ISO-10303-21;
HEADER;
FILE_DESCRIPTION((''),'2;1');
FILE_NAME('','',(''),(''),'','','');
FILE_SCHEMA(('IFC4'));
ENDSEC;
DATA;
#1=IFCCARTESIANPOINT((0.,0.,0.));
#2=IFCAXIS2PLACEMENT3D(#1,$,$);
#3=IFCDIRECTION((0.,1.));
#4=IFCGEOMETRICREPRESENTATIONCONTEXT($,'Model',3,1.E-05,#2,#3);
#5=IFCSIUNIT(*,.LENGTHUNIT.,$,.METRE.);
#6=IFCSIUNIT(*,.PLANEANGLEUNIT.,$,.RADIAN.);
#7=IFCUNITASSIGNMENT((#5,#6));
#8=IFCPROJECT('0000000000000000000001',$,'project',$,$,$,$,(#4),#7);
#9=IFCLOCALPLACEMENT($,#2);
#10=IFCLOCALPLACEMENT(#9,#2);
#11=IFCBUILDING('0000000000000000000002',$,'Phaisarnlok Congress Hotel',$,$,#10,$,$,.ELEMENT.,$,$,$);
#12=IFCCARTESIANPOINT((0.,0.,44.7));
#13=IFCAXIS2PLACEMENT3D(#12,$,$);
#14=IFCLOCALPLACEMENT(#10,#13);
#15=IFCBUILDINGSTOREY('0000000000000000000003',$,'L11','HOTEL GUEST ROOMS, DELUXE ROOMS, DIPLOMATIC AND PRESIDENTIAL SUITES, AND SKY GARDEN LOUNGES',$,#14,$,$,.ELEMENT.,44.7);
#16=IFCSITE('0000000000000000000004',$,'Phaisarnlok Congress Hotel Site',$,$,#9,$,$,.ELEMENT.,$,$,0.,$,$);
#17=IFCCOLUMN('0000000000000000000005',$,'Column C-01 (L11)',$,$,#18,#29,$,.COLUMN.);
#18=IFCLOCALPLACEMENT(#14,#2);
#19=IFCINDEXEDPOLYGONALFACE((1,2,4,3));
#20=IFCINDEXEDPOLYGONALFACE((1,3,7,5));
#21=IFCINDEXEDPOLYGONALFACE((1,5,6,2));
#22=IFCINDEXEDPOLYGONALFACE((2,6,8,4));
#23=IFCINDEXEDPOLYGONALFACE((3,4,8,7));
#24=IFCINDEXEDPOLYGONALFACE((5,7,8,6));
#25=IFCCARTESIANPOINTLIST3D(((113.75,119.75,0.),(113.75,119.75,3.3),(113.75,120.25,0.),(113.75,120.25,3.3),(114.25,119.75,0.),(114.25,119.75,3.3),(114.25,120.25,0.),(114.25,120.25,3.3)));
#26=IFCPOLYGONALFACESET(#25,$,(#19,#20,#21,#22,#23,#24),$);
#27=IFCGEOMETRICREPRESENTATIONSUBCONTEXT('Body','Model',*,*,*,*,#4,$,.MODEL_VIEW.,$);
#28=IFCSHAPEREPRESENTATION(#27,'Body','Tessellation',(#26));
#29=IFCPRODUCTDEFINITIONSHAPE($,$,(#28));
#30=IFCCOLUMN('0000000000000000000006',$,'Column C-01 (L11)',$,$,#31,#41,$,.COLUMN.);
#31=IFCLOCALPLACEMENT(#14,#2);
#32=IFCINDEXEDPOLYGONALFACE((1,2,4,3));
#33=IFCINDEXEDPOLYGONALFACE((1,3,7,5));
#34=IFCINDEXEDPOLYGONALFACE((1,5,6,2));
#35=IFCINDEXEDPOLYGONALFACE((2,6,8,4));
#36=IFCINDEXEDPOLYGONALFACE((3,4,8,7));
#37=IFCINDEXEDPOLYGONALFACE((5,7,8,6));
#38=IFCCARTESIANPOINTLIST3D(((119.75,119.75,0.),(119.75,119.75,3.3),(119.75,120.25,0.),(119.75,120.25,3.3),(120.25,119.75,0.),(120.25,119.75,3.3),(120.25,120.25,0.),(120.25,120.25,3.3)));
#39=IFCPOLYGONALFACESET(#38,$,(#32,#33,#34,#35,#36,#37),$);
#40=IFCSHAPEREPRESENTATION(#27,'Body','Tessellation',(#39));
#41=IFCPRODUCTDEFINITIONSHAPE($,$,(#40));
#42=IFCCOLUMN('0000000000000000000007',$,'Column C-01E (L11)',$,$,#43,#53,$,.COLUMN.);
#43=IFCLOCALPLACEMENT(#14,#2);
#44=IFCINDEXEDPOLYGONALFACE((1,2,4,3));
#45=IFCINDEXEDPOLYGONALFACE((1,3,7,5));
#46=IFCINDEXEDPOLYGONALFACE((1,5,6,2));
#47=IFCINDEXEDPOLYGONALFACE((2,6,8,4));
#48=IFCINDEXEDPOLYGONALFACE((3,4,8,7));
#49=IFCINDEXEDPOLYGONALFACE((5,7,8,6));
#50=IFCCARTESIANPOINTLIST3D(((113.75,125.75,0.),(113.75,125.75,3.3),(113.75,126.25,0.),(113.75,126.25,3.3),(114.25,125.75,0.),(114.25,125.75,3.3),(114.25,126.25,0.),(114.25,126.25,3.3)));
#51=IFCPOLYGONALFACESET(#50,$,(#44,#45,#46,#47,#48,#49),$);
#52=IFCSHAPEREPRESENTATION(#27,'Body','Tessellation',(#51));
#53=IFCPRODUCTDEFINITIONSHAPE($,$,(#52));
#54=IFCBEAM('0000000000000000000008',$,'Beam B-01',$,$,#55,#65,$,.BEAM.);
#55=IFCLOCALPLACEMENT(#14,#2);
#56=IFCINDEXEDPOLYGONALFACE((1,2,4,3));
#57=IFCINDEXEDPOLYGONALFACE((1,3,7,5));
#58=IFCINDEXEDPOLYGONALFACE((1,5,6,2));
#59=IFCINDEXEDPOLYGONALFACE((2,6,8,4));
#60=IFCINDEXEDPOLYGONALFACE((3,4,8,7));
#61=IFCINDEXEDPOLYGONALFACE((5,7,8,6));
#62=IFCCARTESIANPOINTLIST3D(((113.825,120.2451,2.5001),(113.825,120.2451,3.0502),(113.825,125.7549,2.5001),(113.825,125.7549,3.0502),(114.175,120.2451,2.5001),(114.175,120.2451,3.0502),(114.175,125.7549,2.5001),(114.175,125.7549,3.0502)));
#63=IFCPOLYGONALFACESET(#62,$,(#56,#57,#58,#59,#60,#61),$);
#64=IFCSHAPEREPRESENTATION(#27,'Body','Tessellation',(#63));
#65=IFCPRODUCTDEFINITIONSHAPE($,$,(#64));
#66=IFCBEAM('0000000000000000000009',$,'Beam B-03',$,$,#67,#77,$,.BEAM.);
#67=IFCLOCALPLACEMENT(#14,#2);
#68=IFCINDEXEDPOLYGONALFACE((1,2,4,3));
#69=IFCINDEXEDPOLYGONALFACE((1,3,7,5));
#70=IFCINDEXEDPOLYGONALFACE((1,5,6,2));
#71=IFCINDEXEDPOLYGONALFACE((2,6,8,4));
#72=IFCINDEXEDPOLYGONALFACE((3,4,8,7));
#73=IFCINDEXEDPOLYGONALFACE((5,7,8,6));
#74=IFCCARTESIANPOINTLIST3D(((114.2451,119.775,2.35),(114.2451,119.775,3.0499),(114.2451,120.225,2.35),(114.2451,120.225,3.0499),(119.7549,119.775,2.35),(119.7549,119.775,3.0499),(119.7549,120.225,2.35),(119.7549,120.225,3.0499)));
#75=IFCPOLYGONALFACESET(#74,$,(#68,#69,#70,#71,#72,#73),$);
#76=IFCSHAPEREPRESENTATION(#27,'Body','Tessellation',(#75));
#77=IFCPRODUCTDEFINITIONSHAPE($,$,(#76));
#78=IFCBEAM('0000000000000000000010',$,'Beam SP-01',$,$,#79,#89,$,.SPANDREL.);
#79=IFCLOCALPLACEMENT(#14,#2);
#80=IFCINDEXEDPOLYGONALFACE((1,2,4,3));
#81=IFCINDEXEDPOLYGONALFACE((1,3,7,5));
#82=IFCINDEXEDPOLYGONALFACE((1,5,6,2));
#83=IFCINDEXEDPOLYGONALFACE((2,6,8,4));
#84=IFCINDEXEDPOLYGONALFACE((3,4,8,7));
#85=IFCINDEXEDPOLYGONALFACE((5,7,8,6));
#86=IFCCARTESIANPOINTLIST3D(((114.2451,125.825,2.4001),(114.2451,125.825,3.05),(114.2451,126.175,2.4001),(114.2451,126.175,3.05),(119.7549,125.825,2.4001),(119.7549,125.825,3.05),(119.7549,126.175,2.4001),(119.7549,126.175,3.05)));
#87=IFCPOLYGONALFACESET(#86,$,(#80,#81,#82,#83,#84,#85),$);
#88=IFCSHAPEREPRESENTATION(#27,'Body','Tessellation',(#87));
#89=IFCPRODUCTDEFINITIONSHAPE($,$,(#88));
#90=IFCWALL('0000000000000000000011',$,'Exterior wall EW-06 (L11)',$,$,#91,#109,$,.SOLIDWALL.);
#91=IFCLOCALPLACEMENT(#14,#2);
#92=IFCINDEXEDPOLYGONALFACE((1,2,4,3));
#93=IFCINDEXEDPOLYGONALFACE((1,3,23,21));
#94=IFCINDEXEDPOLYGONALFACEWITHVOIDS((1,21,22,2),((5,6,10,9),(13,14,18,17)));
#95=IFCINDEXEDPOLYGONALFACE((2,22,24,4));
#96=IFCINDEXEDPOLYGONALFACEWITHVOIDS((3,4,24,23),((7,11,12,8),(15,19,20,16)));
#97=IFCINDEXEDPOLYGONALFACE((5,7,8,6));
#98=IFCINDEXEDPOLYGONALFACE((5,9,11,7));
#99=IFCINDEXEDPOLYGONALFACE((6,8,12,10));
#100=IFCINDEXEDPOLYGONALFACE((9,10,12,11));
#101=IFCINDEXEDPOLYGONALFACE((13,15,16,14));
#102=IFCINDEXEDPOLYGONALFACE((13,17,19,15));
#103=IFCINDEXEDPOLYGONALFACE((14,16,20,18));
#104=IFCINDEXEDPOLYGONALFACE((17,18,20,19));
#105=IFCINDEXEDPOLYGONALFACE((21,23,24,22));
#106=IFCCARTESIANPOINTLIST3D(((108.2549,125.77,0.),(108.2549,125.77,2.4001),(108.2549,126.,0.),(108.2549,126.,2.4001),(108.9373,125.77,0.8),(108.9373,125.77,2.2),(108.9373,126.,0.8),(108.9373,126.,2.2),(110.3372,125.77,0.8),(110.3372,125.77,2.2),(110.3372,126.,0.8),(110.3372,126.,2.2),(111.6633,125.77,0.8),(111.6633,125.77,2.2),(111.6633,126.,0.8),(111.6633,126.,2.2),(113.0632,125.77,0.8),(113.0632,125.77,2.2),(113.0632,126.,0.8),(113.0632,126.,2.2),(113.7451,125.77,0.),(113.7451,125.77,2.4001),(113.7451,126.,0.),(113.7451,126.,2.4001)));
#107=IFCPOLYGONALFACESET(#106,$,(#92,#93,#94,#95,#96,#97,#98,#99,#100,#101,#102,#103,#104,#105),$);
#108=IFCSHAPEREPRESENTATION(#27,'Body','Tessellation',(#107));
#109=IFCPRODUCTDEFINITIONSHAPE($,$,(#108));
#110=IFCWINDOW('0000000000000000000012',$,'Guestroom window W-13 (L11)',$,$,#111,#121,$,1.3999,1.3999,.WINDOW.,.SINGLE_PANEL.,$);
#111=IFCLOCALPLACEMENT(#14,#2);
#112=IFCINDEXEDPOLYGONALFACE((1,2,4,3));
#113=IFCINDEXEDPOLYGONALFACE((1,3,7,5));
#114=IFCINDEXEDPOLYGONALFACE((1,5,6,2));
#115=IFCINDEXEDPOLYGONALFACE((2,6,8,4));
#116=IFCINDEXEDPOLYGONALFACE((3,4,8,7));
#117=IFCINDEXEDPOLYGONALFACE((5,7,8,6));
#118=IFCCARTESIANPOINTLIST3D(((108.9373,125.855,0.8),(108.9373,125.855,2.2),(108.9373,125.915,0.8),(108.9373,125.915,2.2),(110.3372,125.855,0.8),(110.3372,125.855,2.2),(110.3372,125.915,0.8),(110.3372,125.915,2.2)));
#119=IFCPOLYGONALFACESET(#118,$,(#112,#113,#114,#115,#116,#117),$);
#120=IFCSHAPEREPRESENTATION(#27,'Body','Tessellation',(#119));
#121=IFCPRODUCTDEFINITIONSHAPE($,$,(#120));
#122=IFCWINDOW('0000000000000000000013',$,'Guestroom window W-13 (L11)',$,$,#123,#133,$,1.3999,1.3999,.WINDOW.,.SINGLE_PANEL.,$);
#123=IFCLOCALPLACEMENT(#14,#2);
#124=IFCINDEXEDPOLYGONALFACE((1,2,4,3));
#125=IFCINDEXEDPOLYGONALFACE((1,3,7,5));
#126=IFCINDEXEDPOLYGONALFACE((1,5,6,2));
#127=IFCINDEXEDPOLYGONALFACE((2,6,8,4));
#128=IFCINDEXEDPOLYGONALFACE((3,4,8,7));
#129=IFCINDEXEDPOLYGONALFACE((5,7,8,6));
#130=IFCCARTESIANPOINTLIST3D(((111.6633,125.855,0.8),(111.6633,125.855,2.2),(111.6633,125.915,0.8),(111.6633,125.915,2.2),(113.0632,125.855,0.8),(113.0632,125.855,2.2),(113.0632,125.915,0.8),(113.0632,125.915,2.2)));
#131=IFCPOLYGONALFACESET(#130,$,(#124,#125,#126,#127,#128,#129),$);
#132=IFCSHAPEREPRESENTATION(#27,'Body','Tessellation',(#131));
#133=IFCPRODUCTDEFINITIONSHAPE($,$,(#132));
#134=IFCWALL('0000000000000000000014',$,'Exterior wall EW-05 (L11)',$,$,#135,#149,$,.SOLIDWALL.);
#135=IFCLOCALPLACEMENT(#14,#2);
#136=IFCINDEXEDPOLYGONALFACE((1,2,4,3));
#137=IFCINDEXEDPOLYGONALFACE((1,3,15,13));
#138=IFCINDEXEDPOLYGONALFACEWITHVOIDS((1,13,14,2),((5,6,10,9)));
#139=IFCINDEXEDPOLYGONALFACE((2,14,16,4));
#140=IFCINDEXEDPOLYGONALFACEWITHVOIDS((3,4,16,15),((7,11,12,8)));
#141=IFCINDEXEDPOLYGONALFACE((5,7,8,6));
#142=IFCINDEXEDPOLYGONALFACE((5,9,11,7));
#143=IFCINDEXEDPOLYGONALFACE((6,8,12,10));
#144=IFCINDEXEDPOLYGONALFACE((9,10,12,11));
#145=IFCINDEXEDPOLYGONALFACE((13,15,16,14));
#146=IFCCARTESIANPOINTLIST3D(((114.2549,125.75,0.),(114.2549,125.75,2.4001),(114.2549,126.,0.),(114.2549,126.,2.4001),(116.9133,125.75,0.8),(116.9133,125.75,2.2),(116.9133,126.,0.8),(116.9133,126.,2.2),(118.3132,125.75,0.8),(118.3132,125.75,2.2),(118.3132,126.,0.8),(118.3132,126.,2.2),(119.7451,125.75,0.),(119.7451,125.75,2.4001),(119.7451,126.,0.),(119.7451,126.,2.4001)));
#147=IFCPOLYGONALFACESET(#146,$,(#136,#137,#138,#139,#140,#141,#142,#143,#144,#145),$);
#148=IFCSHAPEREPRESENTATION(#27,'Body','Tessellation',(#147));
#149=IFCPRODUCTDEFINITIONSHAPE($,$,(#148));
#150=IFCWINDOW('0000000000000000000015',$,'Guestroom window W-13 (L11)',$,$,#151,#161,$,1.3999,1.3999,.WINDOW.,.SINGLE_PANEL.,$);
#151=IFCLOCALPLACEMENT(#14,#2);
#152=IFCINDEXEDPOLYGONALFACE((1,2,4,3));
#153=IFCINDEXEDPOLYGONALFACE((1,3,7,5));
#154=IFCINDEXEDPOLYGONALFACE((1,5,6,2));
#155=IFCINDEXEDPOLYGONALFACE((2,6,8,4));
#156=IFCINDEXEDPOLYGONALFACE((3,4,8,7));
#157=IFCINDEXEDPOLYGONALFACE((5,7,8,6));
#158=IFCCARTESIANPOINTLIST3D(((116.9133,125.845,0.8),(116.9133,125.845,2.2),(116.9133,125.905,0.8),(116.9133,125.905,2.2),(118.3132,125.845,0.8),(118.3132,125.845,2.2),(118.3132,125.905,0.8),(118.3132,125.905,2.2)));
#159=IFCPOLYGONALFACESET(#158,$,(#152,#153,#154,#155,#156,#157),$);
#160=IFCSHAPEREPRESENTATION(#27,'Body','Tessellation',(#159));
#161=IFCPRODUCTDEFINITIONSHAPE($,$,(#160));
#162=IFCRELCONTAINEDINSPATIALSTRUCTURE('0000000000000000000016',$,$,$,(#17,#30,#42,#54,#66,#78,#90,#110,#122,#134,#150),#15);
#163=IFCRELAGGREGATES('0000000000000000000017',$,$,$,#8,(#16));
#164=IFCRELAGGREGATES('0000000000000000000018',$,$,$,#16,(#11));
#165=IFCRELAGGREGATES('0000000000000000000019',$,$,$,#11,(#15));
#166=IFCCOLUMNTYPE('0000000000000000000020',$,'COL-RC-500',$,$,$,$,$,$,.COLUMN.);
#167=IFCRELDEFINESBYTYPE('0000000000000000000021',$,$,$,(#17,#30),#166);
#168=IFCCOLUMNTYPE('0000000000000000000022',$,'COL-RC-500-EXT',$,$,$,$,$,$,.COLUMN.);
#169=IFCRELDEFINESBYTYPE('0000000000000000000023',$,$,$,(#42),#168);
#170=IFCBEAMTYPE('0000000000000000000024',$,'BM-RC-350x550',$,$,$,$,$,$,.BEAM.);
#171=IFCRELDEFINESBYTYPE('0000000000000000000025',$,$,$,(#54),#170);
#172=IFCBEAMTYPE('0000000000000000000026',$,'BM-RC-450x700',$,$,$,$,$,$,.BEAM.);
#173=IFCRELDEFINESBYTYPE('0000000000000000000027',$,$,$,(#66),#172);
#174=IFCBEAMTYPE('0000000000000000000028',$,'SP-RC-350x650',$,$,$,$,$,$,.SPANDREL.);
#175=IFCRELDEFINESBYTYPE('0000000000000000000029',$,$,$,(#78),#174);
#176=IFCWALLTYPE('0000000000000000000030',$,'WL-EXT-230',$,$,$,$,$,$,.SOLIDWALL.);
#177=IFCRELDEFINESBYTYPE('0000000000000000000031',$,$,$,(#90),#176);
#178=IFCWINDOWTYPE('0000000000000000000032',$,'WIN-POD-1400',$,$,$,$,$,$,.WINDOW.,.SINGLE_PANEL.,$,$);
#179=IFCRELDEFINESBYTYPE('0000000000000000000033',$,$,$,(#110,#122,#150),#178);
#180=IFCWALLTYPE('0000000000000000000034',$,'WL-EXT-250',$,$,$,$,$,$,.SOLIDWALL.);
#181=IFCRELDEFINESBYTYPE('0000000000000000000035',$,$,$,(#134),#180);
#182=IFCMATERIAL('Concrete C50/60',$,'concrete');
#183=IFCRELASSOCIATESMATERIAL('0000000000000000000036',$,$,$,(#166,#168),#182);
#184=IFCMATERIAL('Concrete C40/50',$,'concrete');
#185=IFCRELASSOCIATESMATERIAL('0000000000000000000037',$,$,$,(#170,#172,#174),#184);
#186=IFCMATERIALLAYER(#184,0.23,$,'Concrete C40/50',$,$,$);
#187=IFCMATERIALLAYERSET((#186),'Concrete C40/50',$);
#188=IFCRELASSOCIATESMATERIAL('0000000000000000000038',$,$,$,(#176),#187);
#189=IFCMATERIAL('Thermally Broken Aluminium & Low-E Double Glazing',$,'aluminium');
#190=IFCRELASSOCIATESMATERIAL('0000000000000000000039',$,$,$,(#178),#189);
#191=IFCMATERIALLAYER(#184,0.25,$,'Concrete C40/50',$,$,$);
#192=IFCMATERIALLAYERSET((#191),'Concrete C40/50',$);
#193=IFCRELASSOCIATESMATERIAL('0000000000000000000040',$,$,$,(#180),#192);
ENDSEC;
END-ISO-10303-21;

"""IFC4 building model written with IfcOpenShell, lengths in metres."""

from ifc_helpers import new_model, si_unit, direction, frame, frame_2d, origin, origin_2d, place, context, subcontext, project, spatial, rectangle, extrude, material, layer, layer_set, material_profile, profile_set, type_object, element, fill, save


model = new_model("IFC4")

# Units and contexts
model_context = context("Model", 3, precision=1e-05, world=origin(), true_north=direction((0.0, 1.0)))
body_context = subcontext(model_context, "Body", "Model", "MODEL_VIEW")
ifc_project = project(units=[si_unit("LENGTHUNIT", "METRE"), si_unit("PLANEANGLEUNIT", "RADIAN")], contexts=[model_context])

# Site, building, storey
site_placement = place(None, origin())
site = spatial("IfcSite", under=ifc_project, at=site_placement, Name="Phaisarnlok Congress Hotel Site", CompositionType="ELEMENT", RefElevation=0.0)
building_placement = place(site_placement, origin())
building = spatial("IfcBuilding", under=site, at=building_placement, Name="Phaisarnlok Congress Hotel", CompositionType="ELEMENT")
storey_placement = place(building_placement, frame((0.0, 0.0, 44.7)))
storey = spatial("IfcBuildingStorey", under=building, at=storey_placement, Name="L11", Description="HOTEL GUEST ROOMS, DELUXE ROOMS, DIPLOMATIC AND PRESIDENTIAL SUITES, AND SKY GARDEN LOUNGES", CompositionType="ELEMENT", Elevation=44.7)

# Columns
ifc_material_1 = material(Name="Concrete C50/60", Category="concrete")
ifc_material_profile_1 = material_profile(ifc_material_1, rectangle(XDim=0.5, YDim=0.5, at=origin_2d()), Name="RC 500x500")
ifc_profile_set_1 = profile_set([ifc_material_profile_1], Name="Concrete C50/60")
column_type_1 = type_object("IfcColumnType", Name="COL-RC-500", PredefinedType="COLUMN", material=ifc_profile_set_1)
for number, where, z_axis, x_axis, name in (
    (1, (114.0, 120.0, 0.0), (0.0, 0.0, 1.0), (1.0, 0.0, 0.0), "Column C-01 (L11)"),
    (2, (120.0, 120.0, 0.0), (0.0, 0.0, 1.0), (1.0, 0.0, 0.0), "Column C-01 (L11)"),
):
    element("IfcColumn", number, at=place(storey_placement, frame(where, z_axis=z_axis, x_axis=x_axis)), inside=storey, type_object=column_type_1, Name=name, PredefinedType="COLUMN", context=body_context, shape_type="SweptSolid", body=[
        extrude(rectangle(XDim=0.5, YDim=0.5, at=origin_2d()), origin(), (0.0, 0.0, 1.0), 3.3),
    ])
ifc_material_profile_2 = material_profile(ifc_material_1, rectangle(XDim=0.5, YDim=0.5, at=origin_2d()), Name="RC 500x500")
ifc_profile_set_2 = profile_set([ifc_material_profile_2], Name="Concrete C50/60")
column_type_2 = type_object("IfcColumnType", Name="COL-RC-500-EXT", PredefinedType="COLUMN", material=ifc_profile_set_2)
column_placement = place(storey_placement, frame((114.0, 126.0, 0.0), z_axis=(0.0, 0.0, 1.0), x_axis=(1.0, 0.0, 0.0)))
element("IfcColumn", 3, at=column_placement, inside=storey, type_object=column_type_2, Name="Column C-01E (L11)", PredefinedType="COLUMN", context=body_context, shape_type="SweptSolid", body=[
    extrude(rectangle(XDim=0.5, YDim=0.5, at=origin_2d()), origin(), (0.0, 0.0, 1.0), 3.3),
])

# Beams
ifc_material_2 = material(Name="Concrete C40/50", Category="concrete")
ifc_material_profile_3 = material_profile(ifc_material_2, rectangle(XDim=0.3501, YDim=0.55, at=origin_2d()), Name="RC 350x550")
ifc_profile_set_3 = profile_set([ifc_material_profile_3], Name="Concrete C40/50")
beam_type_1 = type_object("IfcBeamType", Name="BM-RC-350x550", PredefinedType="BEAM", material=ifc_profile_set_3)
beam_1_placement = place(storey_placement, frame((114.0, 120.2451, 2.7751), z_axis=(0.0, 1.0, 0.0), x_axis=(-1.0, 0.0, 0.0)))
element("IfcBeam", 4, at=beam_1_placement, inside=storey, type_object=beam_type_1, Name="Beam B-01", PredefinedType="BEAM", context=body_context, shape_type="SweptSolid", body=[
    extrude(rectangle(XDim=0.3501, YDim=0.55, at=origin_2d()), origin(), (0.0, 0.0, 1.0), 5.5098),
])
ifc_material_profile_4 = material_profile(ifc_material_2, rectangle(XDim=0.45, YDim=0.7, at=origin_2d()), Name="RC 450x700")
ifc_profile_set_4 = profile_set([ifc_material_profile_4], Name="Concrete C40/50")
beam_type_2 = type_object("IfcBeamType", Name="BM-RC-450x700", PredefinedType="BEAM", material=ifc_profile_set_4)
beam_2_placement = place(storey_placement, frame((114.2451, 120.0, 2.7), z_axis=(1.0, 0.0, 0.0), x_axis=(0.0, 1.0, 0.0)))
element("IfcBeam", 5, at=beam_2_placement, inside=storey, type_object=beam_type_2, Name="Beam B-03", PredefinedType="BEAM", context=body_context, shape_type="SweptSolid", body=[
    extrude(rectangle(XDim=0.45, YDim=0.7, at=origin_2d()), origin(), (0.0, 0.0, 1.0), 5.5098),
])
ifc_material_profile_5 = material_profile(ifc_material_2, rectangle(XDim=0.3501, YDim=0.6499, at=origin_2d()), Name="RC 350x650")
ifc_profile_set_5 = profile_set([ifc_material_profile_5], Name="Concrete C40/50")
beam_type_3 = type_object("IfcBeamType", Name="SP-RC-350x650", PredefinedType="SPANDREL", material=ifc_profile_set_5)
beam_3_placement = place(storey_placement, frame((114.2451, 126.0, 2.7251), z_axis=(1.0, 0.0, 0.0), x_axis=(0.0, 1.0, 0.0)))
element("IfcBeam", 6, at=beam_3_placement, inside=storey, type_object=beam_type_3, Name="Beam SP-01", PredefinedType="SPANDREL", context=body_context, shape_type="SweptSolid", body=[
    extrude(rectangle(XDim=0.3501, YDim=0.6499, at=origin_2d()), origin(), (0.0, 0.0, 1.0), 5.5098),
])

# Wall, openings, windows
ifc_layer_1 = layer(ifc_material_2, 0.23, Name="Concrete C40/50")
ifc_layer_set_1 = layer_set([ifc_layer_1], Name="Concrete C40/50")
wall_type_1 = type_object("IfcWallType", Name="WL-EXT-230", PredefinedType="SOLIDWALL", material=ifc_layer_set_1)
wall_1_placement = place(storey_placement, frame((113.7451, 125.885, 0.0), z_axis=(0.0, 0.0, 1.0), x_axis=(-1.0, 0.0, 0.0)))
wall_1 = element("IfcWall", 7, at=wall_1_placement, inside=storey, type_object=wall_type_1, Name="Exterior wall EW-06 (L11)", PredefinedType="SOLIDWALL", context=body_context, shape_type="SweptSolid", body=[
    extrude(rectangle(XDim=5.4902, YDim=0.23, at=frame_2d((2.7451, 0.0))), origin(), (0.0, 0.0, 1.0), 2.4001),
])
opening_1_placement = place(wall_1_placement, frame((3.408, 0.0, 0.8)))
opening_1 = element("IfcOpeningElement", 8, at=opening_1_placement, cuts=wall_1, PredefinedType="OPENING", context=body_context, shape_type="SweptSolid", body=[
    extrude(rectangle(XDim=1.3999, YDim=1.3999, at=frame_2d((0.7, 0.7))), frame((0.0, 0.125, 0.0), z_axis=(0.0, -1.0, 0.0), x_axis=(1.0, 0.0, 0.0)), (0.0, 0.0, 1.0), 0.25),
])
opening_2_placement = place(wall_1_placement, frame((0.6819, 0.0, 0.8)))
opening_2 = element("IfcOpeningElement", 9, at=opening_2_placement, cuts=wall_1, PredefinedType="OPENING", context=body_context, shape_type="SweptSolid", body=[
    extrude(rectangle(XDim=1.3999, YDim=1.3999, at=frame_2d((0.7, 0.7))), frame((0.0, 0.125, 0.0), z_axis=(0.0, -1.0, 0.0), x_axis=(1.0, 0.0, 0.0)), (0.0, 0.0, 1.0), 0.25),
])
ifc_material_3 = material(Name="Thermally Broken Aluminium & Low-E Double Glazing", Category="aluminium")
window_type = type_object("IfcWindowType", Name="WIN-POD-1400", PartitioningType="SINGLE_PANEL", PredefinedType="WINDOW", material=ifc_material_3)
window_1_placement = place(opening_1_placement, origin())
window_1 = element("IfcWindow", 10, at=window_1_placement, inside=storey, type_object=window_type, Name="Guestroom window W-13 (L11)", OverallHeight=1.3999, OverallWidth=1.3999, PartitioningType="SINGLE_PANEL", PredefinedType="WINDOW", context=body_context, shape_type="SweptSolid", body=[
    extrude(rectangle(XDim=1.3999, YDim=1.3999, at=frame_2d((0.7, 0.7))), frame((0.0, 0.03, 0.0), z_axis=(0.0, -1.0, 0.0), x_axis=(1.0, 0.0, 0.0)), (0.0, 0.0, 1.0), 0.0601),
])
fill(opening_1, window_1)
window_2_placement = place(opening_2_placement, origin())
window_2 = element("IfcWindow", 11, at=window_2_placement, inside=storey, type_object=window_type, Name="Guestroom window W-13 (L11)", OverallHeight=1.3999, OverallWidth=1.3999, PartitioningType="SINGLE_PANEL", PredefinedType="WINDOW", context=body_context, shape_type="SweptSolid", body=[
    extrude(rectangle(XDim=1.3999, YDim=1.3999, at=frame_2d((0.7, 0.7))), frame((0.0, 0.03, 0.0), z_axis=(0.0, -1.0, 0.0), x_axis=(1.0, 0.0, 0.0)), (0.0, 0.0, 1.0), 0.0601),
])
fill(opening_2, window_2)

# Wall, opening, window
ifc_layer_2 = layer(ifc_material_2, 0.25, Name="Concrete C40/50")
ifc_layer_set_2 = layer_set([ifc_layer_2], Name="Concrete C40/50")
wall_type_2 = type_object("IfcWallType", Name="WL-EXT-250", PredefinedType="SOLIDWALL", material=ifc_layer_set_2)
wall_2_placement = place(storey_placement, frame((119.7451, 125.875, 0.0), z_axis=(0.0, 0.0, 1.0), x_axis=(-1.0, 0.0, 0.0)))
wall_2 = element("IfcWall", 12, at=wall_2_placement, inside=storey, type_object=wall_type_2, Name="Exterior wall EW-05 (L11)", PredefinedType="SOLIDWALL", context=body_context, shape_type="SweptSolid", body=[
    extrude(rectangle(XDim=5.4902, YDim=0.25, at=frame_2d((2.7451, 0.0))), origin(), (0.0, 0.0, 1.0), 2.4001),
])
opening_3_placement = place(wall_2_placement, frame((1.4319, 0.0, 0.8)))
opening_3 = element("IfcOpeningElement", 13, at=opening_3_placement, cuts=wall_2, PredefinedType="OPENING", context=body_context, shape_type="SweptSolid", body=[
    extrude(rectangle(XDim=1.3999, YDim=1.3999, at=frame_2d((0.7, 0.7))), frame((0.0, 0.135, 0.0), z_axis=(0.0, -1.0, 0.0), x_axis=(1.0, 0.0, 0.0)), (0.0, 0.0, 1.0), 0.27),
])
window_3_placement = place(opening_3_placement, origin())
window_3 = element("IfcWindow", 14, at=window_3_placement, inside=storey, type_object=window_type, Name="Guestroom window W-13 (L11)", OverallHeight=1.3999, OverallWidth=1.3999, PartitioningType="SINGLE_PANEL", PredefinedType="WINDOW", context=body_context, shape_type="SweptSolid", body=[
    extrude(rectangle(XDim=1.3999, YDim=1.3999, at=frame_2d((0.7, 0.7))), frame((0.0, 0.03, 0.0), z_axis=(0.0, -1.0, 0.0), x_axis=(1.0, 0.0, 0.0)), (0.0, 0.0, 1.0), 0.0601),
])
fill(opening_3, window_3)

save(model, "model.ifc")
